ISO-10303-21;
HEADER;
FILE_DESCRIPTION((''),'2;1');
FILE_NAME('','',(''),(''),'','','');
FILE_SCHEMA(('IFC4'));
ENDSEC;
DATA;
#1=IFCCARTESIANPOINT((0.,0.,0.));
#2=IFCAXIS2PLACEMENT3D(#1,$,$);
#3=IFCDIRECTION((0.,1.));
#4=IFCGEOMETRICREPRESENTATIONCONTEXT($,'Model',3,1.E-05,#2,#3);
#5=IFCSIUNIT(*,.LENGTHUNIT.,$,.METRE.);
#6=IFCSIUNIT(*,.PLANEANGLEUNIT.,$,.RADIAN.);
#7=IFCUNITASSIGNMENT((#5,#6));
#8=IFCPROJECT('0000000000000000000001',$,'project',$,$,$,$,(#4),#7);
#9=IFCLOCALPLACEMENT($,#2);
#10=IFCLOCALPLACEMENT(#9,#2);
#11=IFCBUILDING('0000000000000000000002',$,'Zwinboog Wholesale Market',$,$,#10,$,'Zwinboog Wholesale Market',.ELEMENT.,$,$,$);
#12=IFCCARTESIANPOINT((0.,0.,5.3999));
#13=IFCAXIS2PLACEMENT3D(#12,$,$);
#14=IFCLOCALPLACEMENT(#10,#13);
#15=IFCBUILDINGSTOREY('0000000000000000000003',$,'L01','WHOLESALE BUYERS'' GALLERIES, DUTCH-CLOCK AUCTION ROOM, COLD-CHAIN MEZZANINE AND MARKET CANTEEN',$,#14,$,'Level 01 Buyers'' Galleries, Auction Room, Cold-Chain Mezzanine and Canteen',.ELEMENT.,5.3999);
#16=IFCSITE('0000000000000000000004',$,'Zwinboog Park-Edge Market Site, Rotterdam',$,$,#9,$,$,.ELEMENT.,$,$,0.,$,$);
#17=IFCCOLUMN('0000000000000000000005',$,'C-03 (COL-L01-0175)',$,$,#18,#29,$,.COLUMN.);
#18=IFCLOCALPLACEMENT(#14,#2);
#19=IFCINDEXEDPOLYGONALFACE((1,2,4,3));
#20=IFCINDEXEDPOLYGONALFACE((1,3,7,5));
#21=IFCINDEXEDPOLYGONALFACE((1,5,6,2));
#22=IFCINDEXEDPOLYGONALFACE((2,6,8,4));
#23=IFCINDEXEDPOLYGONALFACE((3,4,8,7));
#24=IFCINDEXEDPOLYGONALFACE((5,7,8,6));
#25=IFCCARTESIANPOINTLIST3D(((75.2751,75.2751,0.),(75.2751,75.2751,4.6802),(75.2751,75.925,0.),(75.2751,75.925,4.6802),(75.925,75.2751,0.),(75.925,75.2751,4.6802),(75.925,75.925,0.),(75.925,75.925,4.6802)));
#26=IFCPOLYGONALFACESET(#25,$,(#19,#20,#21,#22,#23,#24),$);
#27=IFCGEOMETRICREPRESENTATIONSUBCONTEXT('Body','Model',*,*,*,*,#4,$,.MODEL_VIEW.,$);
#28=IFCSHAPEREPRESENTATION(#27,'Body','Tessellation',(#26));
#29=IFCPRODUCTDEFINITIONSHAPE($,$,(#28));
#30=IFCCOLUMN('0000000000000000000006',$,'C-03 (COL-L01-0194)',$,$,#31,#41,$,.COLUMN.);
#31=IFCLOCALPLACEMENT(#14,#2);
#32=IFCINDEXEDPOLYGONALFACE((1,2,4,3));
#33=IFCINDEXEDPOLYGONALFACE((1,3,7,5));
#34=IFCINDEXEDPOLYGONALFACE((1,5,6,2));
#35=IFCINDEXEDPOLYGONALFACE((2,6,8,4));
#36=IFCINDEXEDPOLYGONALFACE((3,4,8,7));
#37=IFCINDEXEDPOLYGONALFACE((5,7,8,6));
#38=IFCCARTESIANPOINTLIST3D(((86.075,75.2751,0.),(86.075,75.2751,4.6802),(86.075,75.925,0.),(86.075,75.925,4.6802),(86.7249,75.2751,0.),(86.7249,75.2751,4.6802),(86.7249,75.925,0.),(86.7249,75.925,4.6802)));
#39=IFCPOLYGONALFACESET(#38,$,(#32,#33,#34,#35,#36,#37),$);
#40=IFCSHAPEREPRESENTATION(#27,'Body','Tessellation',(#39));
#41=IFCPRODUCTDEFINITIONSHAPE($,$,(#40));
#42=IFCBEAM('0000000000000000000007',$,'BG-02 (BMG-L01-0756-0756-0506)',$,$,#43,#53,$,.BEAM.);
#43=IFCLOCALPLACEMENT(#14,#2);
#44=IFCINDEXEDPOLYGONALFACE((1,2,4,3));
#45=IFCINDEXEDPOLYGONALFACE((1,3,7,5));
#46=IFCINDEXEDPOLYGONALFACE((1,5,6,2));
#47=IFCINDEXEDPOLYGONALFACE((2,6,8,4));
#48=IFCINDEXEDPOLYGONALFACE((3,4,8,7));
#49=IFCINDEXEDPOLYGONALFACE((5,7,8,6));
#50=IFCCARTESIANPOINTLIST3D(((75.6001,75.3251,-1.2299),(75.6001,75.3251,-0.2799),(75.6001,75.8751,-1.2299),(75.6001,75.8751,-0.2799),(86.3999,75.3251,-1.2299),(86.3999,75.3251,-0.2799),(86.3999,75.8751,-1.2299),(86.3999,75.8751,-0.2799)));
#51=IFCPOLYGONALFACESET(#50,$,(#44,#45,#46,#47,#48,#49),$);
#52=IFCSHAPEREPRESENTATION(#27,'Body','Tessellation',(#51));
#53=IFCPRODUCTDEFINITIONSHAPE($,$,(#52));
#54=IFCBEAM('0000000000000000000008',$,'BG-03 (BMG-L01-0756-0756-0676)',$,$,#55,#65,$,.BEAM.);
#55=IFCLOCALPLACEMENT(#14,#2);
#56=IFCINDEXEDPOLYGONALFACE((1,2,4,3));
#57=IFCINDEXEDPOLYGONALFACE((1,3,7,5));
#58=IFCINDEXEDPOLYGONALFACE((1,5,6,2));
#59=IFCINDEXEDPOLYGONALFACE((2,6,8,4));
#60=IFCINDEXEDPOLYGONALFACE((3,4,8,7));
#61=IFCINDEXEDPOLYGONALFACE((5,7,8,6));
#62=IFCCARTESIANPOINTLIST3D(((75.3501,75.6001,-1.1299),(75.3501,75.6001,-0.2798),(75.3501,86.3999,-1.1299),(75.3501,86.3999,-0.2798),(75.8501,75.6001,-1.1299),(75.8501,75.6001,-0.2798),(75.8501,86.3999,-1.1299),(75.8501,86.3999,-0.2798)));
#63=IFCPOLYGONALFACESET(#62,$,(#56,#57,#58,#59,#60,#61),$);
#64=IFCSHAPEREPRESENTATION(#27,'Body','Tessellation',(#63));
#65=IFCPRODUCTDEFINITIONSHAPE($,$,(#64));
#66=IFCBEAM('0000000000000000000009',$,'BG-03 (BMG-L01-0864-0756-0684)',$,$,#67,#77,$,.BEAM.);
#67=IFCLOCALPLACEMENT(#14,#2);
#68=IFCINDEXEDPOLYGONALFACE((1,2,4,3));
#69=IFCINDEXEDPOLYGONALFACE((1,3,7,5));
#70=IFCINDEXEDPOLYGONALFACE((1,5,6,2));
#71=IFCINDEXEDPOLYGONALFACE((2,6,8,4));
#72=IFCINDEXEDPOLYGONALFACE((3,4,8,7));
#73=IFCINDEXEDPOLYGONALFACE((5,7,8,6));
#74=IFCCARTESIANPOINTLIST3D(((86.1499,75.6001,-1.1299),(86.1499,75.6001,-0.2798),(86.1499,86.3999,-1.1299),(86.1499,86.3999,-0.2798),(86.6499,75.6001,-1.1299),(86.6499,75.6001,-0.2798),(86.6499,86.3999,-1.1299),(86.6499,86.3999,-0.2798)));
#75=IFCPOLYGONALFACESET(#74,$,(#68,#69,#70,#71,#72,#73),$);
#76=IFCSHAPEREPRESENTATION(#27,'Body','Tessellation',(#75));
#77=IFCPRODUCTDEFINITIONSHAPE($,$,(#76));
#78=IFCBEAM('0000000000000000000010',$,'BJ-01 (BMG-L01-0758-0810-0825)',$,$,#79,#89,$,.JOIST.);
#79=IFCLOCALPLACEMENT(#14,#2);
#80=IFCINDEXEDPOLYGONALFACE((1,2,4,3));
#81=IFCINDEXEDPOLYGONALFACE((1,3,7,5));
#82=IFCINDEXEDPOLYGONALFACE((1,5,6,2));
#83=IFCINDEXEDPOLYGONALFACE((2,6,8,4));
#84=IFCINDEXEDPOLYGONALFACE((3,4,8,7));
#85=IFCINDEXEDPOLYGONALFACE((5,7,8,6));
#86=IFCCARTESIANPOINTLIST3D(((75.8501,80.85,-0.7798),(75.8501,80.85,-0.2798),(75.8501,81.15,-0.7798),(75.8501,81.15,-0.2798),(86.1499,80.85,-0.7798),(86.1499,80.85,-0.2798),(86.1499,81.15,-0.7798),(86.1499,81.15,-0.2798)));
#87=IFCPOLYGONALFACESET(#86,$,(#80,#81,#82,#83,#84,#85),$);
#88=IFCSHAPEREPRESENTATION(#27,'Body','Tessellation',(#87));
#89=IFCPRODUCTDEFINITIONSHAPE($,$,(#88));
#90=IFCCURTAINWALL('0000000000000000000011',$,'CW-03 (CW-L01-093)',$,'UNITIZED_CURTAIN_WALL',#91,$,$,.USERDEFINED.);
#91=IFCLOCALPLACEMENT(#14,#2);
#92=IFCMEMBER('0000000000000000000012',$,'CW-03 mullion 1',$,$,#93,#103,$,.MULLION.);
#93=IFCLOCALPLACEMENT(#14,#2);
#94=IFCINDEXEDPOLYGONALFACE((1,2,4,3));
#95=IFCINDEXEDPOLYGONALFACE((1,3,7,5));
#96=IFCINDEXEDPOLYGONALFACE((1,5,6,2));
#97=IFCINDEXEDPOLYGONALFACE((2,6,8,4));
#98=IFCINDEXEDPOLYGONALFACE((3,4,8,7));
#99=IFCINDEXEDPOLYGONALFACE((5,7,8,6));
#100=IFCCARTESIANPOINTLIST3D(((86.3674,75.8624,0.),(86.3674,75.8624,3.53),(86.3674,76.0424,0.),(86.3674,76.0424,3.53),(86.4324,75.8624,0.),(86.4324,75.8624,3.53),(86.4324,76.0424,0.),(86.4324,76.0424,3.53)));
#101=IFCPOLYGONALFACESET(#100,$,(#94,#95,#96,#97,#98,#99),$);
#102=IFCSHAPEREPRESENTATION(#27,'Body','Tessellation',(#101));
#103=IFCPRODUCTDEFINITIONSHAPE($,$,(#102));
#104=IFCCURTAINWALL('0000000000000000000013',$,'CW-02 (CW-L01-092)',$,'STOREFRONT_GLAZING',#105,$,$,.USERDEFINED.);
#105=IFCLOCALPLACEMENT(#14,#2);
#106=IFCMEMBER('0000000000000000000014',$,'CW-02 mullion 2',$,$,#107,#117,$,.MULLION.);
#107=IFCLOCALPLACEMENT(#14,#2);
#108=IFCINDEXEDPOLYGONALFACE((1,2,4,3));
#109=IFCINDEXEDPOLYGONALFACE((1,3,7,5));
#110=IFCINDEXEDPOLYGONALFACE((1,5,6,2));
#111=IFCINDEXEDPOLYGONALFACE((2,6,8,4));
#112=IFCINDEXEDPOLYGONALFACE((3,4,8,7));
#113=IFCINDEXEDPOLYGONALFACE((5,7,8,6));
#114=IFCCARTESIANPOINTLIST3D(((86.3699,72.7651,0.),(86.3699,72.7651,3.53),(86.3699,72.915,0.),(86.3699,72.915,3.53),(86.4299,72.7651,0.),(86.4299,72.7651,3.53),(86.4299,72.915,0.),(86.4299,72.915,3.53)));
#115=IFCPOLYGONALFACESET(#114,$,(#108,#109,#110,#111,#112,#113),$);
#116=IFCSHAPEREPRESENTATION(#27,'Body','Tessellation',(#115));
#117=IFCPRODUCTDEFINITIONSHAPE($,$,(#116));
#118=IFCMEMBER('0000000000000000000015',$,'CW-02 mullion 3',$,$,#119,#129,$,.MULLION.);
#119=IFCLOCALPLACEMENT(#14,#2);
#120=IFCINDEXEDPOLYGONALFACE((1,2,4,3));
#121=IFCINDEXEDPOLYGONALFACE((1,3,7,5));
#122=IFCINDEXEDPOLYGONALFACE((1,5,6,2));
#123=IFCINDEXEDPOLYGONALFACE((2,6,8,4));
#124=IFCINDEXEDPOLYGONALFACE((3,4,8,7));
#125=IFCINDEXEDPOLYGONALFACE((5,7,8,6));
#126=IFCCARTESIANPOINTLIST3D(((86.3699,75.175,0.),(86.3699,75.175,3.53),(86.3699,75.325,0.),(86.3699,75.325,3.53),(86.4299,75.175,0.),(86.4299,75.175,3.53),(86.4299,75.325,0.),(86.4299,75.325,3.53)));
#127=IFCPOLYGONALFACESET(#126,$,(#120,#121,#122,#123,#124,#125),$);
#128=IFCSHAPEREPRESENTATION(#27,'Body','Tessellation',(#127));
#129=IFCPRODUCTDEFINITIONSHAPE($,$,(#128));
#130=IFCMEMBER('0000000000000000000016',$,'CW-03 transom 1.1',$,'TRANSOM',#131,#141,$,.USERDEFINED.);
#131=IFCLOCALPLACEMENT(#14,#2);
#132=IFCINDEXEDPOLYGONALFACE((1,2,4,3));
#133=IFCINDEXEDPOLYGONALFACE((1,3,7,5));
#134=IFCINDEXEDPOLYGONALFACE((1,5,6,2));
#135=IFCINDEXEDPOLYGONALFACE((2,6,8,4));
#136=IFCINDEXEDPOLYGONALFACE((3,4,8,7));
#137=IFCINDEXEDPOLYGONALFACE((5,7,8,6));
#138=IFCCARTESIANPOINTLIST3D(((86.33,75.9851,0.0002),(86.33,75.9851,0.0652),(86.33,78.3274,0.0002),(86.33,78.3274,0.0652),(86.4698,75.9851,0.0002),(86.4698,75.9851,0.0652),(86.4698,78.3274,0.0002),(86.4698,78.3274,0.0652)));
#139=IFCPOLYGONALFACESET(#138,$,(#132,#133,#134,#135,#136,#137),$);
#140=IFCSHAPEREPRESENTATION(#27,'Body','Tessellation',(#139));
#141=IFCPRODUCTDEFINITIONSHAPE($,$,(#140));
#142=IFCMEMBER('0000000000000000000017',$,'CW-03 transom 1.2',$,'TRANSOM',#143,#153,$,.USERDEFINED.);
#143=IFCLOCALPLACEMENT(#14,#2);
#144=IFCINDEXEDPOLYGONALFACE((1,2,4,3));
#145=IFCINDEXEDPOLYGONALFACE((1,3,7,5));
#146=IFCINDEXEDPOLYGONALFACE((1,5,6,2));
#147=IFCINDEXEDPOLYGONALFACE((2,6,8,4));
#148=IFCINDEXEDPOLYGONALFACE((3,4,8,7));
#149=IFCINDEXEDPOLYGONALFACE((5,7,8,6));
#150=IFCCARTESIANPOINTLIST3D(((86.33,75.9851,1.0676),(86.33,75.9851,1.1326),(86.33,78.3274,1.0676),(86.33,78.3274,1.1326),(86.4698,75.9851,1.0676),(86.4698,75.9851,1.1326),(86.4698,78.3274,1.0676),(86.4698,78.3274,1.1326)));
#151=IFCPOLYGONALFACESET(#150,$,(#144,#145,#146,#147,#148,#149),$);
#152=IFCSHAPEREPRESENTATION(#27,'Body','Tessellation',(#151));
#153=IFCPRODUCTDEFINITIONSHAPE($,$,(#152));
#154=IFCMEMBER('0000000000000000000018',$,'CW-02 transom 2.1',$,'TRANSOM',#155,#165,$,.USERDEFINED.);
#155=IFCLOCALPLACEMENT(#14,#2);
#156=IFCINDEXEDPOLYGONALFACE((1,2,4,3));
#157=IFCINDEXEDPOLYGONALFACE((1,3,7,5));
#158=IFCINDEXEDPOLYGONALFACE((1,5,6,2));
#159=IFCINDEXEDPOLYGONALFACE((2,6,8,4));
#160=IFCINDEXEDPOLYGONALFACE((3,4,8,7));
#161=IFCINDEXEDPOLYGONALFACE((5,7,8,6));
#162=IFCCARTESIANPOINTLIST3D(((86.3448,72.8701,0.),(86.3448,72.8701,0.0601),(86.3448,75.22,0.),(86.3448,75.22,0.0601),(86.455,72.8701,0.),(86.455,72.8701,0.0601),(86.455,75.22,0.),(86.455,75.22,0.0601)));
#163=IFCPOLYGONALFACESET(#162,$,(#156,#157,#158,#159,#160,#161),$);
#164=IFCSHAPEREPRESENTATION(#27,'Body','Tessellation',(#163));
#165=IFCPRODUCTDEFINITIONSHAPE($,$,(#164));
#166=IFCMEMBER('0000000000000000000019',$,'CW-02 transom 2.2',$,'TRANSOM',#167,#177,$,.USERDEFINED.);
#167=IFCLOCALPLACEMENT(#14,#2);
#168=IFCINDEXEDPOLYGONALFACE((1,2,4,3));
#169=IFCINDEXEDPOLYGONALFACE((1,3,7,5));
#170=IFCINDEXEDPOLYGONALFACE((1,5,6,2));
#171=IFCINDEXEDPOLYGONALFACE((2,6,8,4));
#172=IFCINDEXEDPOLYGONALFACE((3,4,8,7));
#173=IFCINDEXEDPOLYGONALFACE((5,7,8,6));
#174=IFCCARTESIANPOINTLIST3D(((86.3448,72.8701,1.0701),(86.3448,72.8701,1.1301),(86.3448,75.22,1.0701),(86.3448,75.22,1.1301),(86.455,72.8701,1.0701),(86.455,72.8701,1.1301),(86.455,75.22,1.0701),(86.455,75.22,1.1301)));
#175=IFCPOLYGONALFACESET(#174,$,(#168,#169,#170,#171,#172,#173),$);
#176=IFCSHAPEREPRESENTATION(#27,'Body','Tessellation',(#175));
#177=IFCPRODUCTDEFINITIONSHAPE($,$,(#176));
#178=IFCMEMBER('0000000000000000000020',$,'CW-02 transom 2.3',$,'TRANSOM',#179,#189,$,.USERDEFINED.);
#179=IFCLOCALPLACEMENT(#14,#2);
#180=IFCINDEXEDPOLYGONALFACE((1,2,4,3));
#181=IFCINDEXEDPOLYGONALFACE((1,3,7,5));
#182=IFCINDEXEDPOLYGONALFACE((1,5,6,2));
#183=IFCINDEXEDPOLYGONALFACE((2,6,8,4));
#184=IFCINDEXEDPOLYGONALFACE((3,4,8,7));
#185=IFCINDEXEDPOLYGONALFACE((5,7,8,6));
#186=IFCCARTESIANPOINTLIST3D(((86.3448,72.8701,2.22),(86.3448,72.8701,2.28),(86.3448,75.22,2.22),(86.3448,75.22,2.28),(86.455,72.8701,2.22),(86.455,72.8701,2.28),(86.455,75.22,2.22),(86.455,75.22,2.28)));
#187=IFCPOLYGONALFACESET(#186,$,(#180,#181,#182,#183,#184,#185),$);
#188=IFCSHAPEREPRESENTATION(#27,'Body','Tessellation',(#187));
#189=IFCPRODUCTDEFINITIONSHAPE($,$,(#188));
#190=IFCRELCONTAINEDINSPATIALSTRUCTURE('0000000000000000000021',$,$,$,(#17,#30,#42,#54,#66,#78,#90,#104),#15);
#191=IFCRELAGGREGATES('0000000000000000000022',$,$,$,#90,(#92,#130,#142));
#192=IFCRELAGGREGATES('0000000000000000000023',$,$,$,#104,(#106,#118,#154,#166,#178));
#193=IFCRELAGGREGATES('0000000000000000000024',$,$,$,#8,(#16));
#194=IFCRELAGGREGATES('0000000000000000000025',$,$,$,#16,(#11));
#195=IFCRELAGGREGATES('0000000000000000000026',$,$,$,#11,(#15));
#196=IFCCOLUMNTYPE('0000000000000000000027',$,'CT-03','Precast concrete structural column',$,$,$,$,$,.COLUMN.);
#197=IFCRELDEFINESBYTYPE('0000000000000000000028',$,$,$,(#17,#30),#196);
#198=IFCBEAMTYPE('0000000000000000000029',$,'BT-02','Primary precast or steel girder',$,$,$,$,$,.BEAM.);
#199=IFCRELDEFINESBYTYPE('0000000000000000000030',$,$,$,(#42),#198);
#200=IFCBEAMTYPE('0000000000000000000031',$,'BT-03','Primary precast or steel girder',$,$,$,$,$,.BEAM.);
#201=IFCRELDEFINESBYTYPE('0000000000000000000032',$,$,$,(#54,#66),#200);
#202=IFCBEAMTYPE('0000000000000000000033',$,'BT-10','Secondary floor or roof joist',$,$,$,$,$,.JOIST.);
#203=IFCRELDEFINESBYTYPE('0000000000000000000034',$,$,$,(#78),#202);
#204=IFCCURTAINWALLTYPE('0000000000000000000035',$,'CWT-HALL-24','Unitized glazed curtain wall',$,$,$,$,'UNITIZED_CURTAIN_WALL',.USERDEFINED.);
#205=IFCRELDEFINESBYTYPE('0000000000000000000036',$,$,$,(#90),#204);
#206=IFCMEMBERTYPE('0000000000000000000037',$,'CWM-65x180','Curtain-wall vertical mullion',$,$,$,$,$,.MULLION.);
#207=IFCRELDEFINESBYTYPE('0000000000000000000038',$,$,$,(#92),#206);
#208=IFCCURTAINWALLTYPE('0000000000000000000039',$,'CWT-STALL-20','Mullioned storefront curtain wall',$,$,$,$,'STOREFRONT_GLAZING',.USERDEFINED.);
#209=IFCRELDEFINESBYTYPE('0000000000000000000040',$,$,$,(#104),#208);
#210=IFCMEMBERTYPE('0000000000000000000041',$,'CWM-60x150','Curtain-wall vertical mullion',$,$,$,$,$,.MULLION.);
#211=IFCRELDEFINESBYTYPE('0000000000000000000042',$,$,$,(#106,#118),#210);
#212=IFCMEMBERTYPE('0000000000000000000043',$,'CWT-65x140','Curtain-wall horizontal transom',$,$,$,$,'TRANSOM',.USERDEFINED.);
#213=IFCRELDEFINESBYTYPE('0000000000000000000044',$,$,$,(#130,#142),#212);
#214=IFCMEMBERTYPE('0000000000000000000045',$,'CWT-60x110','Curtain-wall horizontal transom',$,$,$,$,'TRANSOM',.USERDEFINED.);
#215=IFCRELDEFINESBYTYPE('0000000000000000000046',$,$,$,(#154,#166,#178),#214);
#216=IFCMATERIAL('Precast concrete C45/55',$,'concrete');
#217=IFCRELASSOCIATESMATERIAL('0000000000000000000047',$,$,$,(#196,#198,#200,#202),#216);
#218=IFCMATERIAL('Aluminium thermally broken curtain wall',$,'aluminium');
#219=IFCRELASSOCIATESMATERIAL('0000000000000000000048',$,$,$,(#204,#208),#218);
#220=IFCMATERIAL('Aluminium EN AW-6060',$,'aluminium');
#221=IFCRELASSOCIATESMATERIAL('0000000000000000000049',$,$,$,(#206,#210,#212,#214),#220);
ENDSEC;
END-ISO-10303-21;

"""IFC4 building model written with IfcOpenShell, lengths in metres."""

from ifc_helpers import new_model, si_unit, direction, frame, origin, origin_2d, place, context, subcontext, project, spatial, rectangle, extrude, material, material_profile, profile_set, type_object, element, aggregate, save


model = new_model("IFC4")

# Units and contexts
model_context = context("Model", 3, precision=1e-05, world=origin(), true_north=direction((0.0, 1.0)))
body_context = subcontext(model_context, "Body", "Model", "MODEL_VIEW")
ifc_project = project(units=[si_unit("LENGTHUNIT", "METRE"), si_unit("PLANEANGLEUNIT", "RADIAN")], contexts=[model_context])

# Site, building, storey
site_placement = place(None, origin())
site = spatial("IfcSite", under=ifc_project, at=site_placement, Name="Zwinboog Park-Edge Market Site, Rotterdam", CompositionType="ELEMENT", RefElevation=0.0)
building_placement = place(site_placement, origin())
building = spatial("IfcBuilding", under=site, at=building_placement, Name="Zwinboog Wholesale Market", LongName="Zwinboog Wholesale Market", CompositionType="ELEMENT")
storey_placement = place(building_placement, frame((0.0, 0.0, 5.3999)))
storey = spatial("IfcBuildingStorey", under=building, at=storey_placement, Name="L01", Description="WHOLESALE BUYERS' GALLERIES, DUTCH-CLOCK AUCTION ROOM, COLD-CHAIN MEZZANINE AND MARKET CANTEEN", LongName="Level 01 Buyers' Galleries, Auction Room, Cold-Chain Mezzanine and Canteen", CompositionType="ELEMENT", Elevation=5.3999)

# Columns
ifc_material_1 = material(Name="Precast concrete C45/55", Category="concrete")
ifc_material_profile_1 = material_profile(ifc_material_1, rectangle(XDim=0.6499, YDim=0.6499, at=origin_2d()), Name="PC 650x650")
ifc_profile_set_1 = profile_set([ifc_material_profile_1], Name="Precast concrete C45/55")
column_type = type_object("IfcColumnType", Name="CT-03", Description="Precast concrete structural column", PredefinedType="COLUMN", material=ifc_profile_set_1)
for number, where, z_axis, x_axis, name in (
    (1, (75.6001, 75.6001, 0.0), (0.0, 0.0, 1.0), (1.0, 0.0, 0.0), "C-03 (COL-L01-0175)"),
    (2, (86.3999, 75.6001, 0.0), (0.0, 0.0, 1.0), (1.0, 0.0, 0.0), "C-03 (COL-L01-0194)"),
):
    element("IfcColumn", number, at=place(storey_placement, frame(where, z_axis=z_axis, x_axis=x_axis)), inside=storey, type_object=column_type, Name=name, PredefinedType="COLUMN", context=body_context, shape_type="SweptSolid", body=[
        extrude(rectangle(XDim=0.6499, YDim=0.6499, at=origin_2d()), origin(), (0.0, 0.0, 1.0), 4.6802),
    ])

# Beams
ifc_material_profile_2 = material_profile(ifc_material_1, rectangle(XDim=0.55, YDim=0.95, at=origin_2d()), Name="PC 550x950")
ifc_profile_set_2 = profile_set([ifc_material_profile_2], Name="Precast concrete C45/55")
beam_type_1 = type_object("IfcBeamType", Name="BT-02", Description="Primary precast or steel girder", PredefinedType="BEAM", material=ifc_profile_set_2)
beam_1_placement = place(storey_placement, frame((75.6001, 75.6001, -0.7549), z_axis=(1.0, 0.0, 0.0), x_axis=(0.0, 1.0, 0.0)))
element("IfcBeam", 3, at=beam_1_placement, inside=storey, type_object=beam_type_1, Name="BG-02 (BMG-L01-0756-0756-0506)", PredefinedType="BEAM", context=body_context, shape_type="SweptSolid", body=[
    extrude(rectangle(XDim=0.55, YDim=0.95, at=origin_2d()), origin(), (0.0, 0.0, 1.0), 10.7998),
])
ifc_material_profile_3 = material_profile(ifc_material_1, rectangle(XDim=0.5, YDim=0.8501, at=origin_2d()), Name="PC 500x850")
ifc_profile_set_3 = profile_set([ifc_material_profile_3], Name="Precast concrete C45/55")
beam_type_2 = type_object("IfcBeamType", Name="BT-03", Description="Primary precast or steel girder", PredefinedType="BEAM", material=ifc_profile_set_3)
for number, where, z_axis, x_axis, name in (
    (4, (75.6001, 75.6001, -0.7048), (0.0, 1.0, 0.0), (-1.0, 0.0, 0.0), "BG-03 (BMG-L01-0756-0756-0676)"),
    (5, (86.3999, 75.6001, -0.7048), (0.0, 1.0, 0.0), (-1.0, 0.0, 0.0), "BG-03 (BMG-L01-0864-0756-0684)"),
):
    element("IfcBeam", number, at=place(storey_placement, frame(where, z_axis=z_axis, x_axis=x_axis)), inside=storey, type_object=beam_type_2, Name=name, PredefinedType="BEAM", context=body_context, shape_type="SweptSolid", body=[
        extrude(rectangle(XDim=0.5, YDim=0.8501, at=origin_2d()), origin(), (0.0, 0.0, 1.0), 10.7998),
    ])
ifc_material_profile_4 = material_profile(ifc_material_1, rectangle(XDim=0.3, YDim=0.5, at=origin_2d()), Name="PC 300x500")
ifc_profile_set_4 = profile_set([ifc_material_profile_4], Name="Precast concrete C45/55")
beam_type_3 = type_object("IfcBeamType", Name="BT-10", Description="Secondary floor or roof joist", PredefinedType="JOIST", material=ifc_profile_set_4)
beam_2_placement = place(storey_placement, frame((75.8501, 81.0, -0.5298), z_axis=(1.0, 0.0, 0.0), x_axis=(0.0, 1.0, 0.0)))
element("IfcBeam", 6, at=beam_2_placement, inside=storey, type_object=beam_type_3, Name="BJ-01 (BMG-L01-0758-0810-0825)", PredefinedType="JOIST", context=body_context, shape_type="SweptSolid", body=[
    extrude(rectangle(XDim=0.3, YDim=0.5, at=origin_2d()), origin(), (0.0, 0.0, 1.0), 10.2998),
])

# Curtain wall, member
ifc_material_2 = material(Name="Aluminium thermally broken curtain wall", Category="aluminium")
curtain_wall_type_1 = type_object("IfcCurtainWallType", Name="CWT-HALL-24", Description="Unitized glazed curtain wall", ElementType="UNITIZED_CURTAIN_WALL", PredefinedType="USERDEFINED", material=ifc_material_2)
curtain_wall_1_placement = place(storey_placement, origin())
curtain_wall_1 = element("IfcCurtainWall", 7, at=curtain_wall_1_placement, inside=storey, type_object=curtain_wall_type_1, Name="CW-03 (CW-L01-093)", ObjectType="UNITIZED_CURTAIN_WALL", PredefinedType="USERDEFINED")
ifc_material_3 = material(Name="Aluminium EN AW-6060", Category="aluminium")
ifc_material_profile_5 = material_profile(ifc_material_3, rectangle(XDim=0.0649, YDim=0.1799, at=origin_2d()), Name="AL 65x180")
ifc_profile_set_5 = profile_set([ifc_material_profile_5], Name="Aluminium EN AW-6060")
member_type_1 = type_object("IfcMemberType", Name="CWM-65x180", Description="Curtain-wall vertical mullion", PredefinedType="MULLION", material=ifc_profile_set_5)
member_1_placement = place(storey_placement, frame((86.3999, 75.9524, 0.0), z_axis=(0.0, 0.0, 1.0), x_axis=(-1.0, 0.0, 0.0)))
member_1 = element("IfcMember", 8, at=member_1_placement, type_object=member_type_1, Name="CW-03 mullion 1", PredefinedType="MULLION", context=body_context, shape_type="SweptSolid", body=[
    extrude(rectangle(XDim=0.0649, YDim=0.1799, at=origin_2d()), origin(), (0.0, 0.0, 1.0), 3.53),
])

# Curtain wall, members
curtain_wall_type_2 = type_object("IfcCurtainWallType", Name="CWT-STALL-20", Description="Mullioned storefront curtain wall", ElementType="STOREFRONT_GLAZING", PredefinedType="USERDEFINED", material=ifc_material_2)
curtain_wall_2_placement = place(storey_placement, origin())
curtain_wall_2 = element("IfcCurtainWall", 9, at=curtain_wall_2_placement, inside=storey, type_object=curtain_wall_type_2, Name="CW-02 (CW-L01-092)", ObjectType="STOREFRONT_GLAZING", PredefinedType="USERDEFINED")
ifc_material_profile_6 = material_profile(ifc_material_3, rectangle(XDim=0.0601, YDim=0.1499, at=origin_2d()), Name="AL 60x150")
ifc_profile_set_6 = profile_set([ifc_material_profile_6], Name="Aluminium EN AW-6060")
member_type_2 = type_object("IfcMemberType", Name="CWM-60x150", Description="Curtain-wall vertical mullion", PredefinedType="MULLION", material=ifc_profile_set_6)
member_2_placement = place(storey_placement, frame((86.3999, 72.8401, 0.0), z_axis=(0.0, 0.0, 1.0), x_axis=(-1.0, 0.0, 0.0)))
member_2 = element("IfcMember", 10, at=member_2_placement, type_object=member_type_2, Name="CW-02 mullion 2", PredefinedType="MULLION", context=body_context, shape_type="SweptSolid", body=[
    extrude(rectangle(XDim=0.0601, YDim=0.1499, at=origin_2d()), origin(), (0.0, 0.0, 1.0), 3.53),
])
member_3_placement = place(storey_placement, frame((86.3999, 75.25, 0.0), z_axis=(0.0, 0.0, 1.0), x_axis=(-1.0, 0.0, 0.0)))
member_3 = element("IfcMember", 11, at=member_3_placement, type_object=member_type_2, Name="CW-02 mullion 3", PredefinedType="MULLION", context=body_context, shape_type="SweptSolid", body=[
    extrude(rectangle(XDim=0.0601, YDim=0.1499, at=origin_2d()), origin(), (0.0, 0.0, 1.0), 3.53),
])

# Members
ifc_material_profile_7 = material_profile(ifc_material_3, rectangle(XDim=0.1399, YDim=0.0649, at=origin_2d()), Name="AL 65x140")
ifc_profile_set_7 = profile_set([ifc_material_profile_7], Name="Aluminium EN AW-6060")
member_type_3 = type_object("IfcMemberType", Name="CWT-65x140", Description="Curtain-wall horizontal transom", ElementType="TRANSOM", PredefinedType="USERDEFINED", material=ifc_profile_set_7)
member_4_placement = place(storey_placement, frame((86.3999, 75.9851, 0.0327), z_axis=(0.0, 1.0, 0.0), x_axis=(-1.0, 0.0, 0.0)))
member_4 = element("IfcMember", 12, at=member_4_placement, type_object=member_type_3, Name="CW-03 transom 1.1", ObjectType="TRANSOM", PredefinedType="USERDEFINED", context=body_context, shape_type="SweptSolid", body=[
    extrude(rectangle(XDim=0.1399, YDim=0.0649, at=origin_2d()), origin(), (0.0, 0.0, 1.0), 2.3423),
])
member_5_placement = place(storey_placement, frame((86.3999, 75.9851, 1.1001), z_axis=(0.0, 1.0, 0.0), x_axis=(-1.0, 0.0, 0.0)))
member_5 = element("IfcMember", 13, at=member_5_placement, type_object=member_type_3, Name="CW-03 transom 1.2", ObjectType="TRANSOM", PredefinedType="USERDEFINED", context=body_context, shape_type="SweptSolid", body=[
    extrude(rectangle(XDim=0.1399, YDim=0.0649, at=origin_2d()), origin(), (0.0, 0.0, 1.0), 2.3423),
])
aggregate(curtain_wall_1, [member_1, member_4, member_5])
ifc_material_profile_8 = material_profile(ifc_material_3, rectangle(XDim=0.1101, YDim=0.0601, at=origin_2d()), Name="AL 60x110")
ifc_profile_set_8 = profile_set([ifc_material_profile_8], Name="Aluminium EN AW-6060")
member_type_4 = type_object("IfcMemberType", Name="CWT-60x110", Description="Curtain-wall horizontal transom", ElementType="TRANSOM", PredefinedType="USERDEFINED", material=ifc_profile_set_8)
member_6_placement = place(storey_placement, frame((86.3999, 72.8701, 0.03), z_axis=(0.0, 1.0, 0.0), x_axis=(-1.0, 0.0, 0.0)))
member_6 = element("IfcMember", 14, at=member_6_placement, type_object=member_type_4, Name="CW-02 transom 2.1", ObjectType="TRANSOM", PredefinedType="USERDEFINED", context=body_context, shape_type="SweptSolid", body=[
    extrude(rectangle(XDim=0.1101, YDim=0.0601, at=origin_2d()), origin(), (0.0, 0.0, 1.0), 2.3499),
])
member_7_placement = place(storey_placement, frame((86.3999, 72.8701, 1.1001), z_axis=(0.0, 1.0, 0.0), x_axis=(-1.0, 0.0, 0.0)))
member_7 = element("IfcMember", 15, at=member_7_placement, type_object=member_type_4, Name="CW-02 transom 2.2", ObjectType="TRANSOM", PredefinedType="USERDEFINED", context=body_context, shape_type="SweptSolid", body=[
    extrude(rectangle(XDim=0.1101, YDim=0.0601, at=origin_2d()), origin(), (0.0, 0.0, 1.0), 2.3499),
])
member_8_placement = place(storey_placement, frame((86.3999, 72.8701, 2.25), z_axis=(0.0, 1.0, 0.0), x_axis=(-1.0, 0.0, 0.0)))
member_8 = element("IfcMember", 16, at=member_8_placement, type_object=member_type_4, Name="CW-02 transom 2.3", ObjectType="TRANSOM", PredefinedType="USERDEFINED", context=body_context, shape_type="SweptSolid", body=[
    extrude(rectangle(XDim=0.1101, YDim=0.0601, at=origin_2d()), origin(), (0.0, 0.0, 1.0), 2.3499),
])

aggregate(curtain_wall_2, [member_2, member_3, member_6, member_7, member_8])

save(model, "model.ifc")
